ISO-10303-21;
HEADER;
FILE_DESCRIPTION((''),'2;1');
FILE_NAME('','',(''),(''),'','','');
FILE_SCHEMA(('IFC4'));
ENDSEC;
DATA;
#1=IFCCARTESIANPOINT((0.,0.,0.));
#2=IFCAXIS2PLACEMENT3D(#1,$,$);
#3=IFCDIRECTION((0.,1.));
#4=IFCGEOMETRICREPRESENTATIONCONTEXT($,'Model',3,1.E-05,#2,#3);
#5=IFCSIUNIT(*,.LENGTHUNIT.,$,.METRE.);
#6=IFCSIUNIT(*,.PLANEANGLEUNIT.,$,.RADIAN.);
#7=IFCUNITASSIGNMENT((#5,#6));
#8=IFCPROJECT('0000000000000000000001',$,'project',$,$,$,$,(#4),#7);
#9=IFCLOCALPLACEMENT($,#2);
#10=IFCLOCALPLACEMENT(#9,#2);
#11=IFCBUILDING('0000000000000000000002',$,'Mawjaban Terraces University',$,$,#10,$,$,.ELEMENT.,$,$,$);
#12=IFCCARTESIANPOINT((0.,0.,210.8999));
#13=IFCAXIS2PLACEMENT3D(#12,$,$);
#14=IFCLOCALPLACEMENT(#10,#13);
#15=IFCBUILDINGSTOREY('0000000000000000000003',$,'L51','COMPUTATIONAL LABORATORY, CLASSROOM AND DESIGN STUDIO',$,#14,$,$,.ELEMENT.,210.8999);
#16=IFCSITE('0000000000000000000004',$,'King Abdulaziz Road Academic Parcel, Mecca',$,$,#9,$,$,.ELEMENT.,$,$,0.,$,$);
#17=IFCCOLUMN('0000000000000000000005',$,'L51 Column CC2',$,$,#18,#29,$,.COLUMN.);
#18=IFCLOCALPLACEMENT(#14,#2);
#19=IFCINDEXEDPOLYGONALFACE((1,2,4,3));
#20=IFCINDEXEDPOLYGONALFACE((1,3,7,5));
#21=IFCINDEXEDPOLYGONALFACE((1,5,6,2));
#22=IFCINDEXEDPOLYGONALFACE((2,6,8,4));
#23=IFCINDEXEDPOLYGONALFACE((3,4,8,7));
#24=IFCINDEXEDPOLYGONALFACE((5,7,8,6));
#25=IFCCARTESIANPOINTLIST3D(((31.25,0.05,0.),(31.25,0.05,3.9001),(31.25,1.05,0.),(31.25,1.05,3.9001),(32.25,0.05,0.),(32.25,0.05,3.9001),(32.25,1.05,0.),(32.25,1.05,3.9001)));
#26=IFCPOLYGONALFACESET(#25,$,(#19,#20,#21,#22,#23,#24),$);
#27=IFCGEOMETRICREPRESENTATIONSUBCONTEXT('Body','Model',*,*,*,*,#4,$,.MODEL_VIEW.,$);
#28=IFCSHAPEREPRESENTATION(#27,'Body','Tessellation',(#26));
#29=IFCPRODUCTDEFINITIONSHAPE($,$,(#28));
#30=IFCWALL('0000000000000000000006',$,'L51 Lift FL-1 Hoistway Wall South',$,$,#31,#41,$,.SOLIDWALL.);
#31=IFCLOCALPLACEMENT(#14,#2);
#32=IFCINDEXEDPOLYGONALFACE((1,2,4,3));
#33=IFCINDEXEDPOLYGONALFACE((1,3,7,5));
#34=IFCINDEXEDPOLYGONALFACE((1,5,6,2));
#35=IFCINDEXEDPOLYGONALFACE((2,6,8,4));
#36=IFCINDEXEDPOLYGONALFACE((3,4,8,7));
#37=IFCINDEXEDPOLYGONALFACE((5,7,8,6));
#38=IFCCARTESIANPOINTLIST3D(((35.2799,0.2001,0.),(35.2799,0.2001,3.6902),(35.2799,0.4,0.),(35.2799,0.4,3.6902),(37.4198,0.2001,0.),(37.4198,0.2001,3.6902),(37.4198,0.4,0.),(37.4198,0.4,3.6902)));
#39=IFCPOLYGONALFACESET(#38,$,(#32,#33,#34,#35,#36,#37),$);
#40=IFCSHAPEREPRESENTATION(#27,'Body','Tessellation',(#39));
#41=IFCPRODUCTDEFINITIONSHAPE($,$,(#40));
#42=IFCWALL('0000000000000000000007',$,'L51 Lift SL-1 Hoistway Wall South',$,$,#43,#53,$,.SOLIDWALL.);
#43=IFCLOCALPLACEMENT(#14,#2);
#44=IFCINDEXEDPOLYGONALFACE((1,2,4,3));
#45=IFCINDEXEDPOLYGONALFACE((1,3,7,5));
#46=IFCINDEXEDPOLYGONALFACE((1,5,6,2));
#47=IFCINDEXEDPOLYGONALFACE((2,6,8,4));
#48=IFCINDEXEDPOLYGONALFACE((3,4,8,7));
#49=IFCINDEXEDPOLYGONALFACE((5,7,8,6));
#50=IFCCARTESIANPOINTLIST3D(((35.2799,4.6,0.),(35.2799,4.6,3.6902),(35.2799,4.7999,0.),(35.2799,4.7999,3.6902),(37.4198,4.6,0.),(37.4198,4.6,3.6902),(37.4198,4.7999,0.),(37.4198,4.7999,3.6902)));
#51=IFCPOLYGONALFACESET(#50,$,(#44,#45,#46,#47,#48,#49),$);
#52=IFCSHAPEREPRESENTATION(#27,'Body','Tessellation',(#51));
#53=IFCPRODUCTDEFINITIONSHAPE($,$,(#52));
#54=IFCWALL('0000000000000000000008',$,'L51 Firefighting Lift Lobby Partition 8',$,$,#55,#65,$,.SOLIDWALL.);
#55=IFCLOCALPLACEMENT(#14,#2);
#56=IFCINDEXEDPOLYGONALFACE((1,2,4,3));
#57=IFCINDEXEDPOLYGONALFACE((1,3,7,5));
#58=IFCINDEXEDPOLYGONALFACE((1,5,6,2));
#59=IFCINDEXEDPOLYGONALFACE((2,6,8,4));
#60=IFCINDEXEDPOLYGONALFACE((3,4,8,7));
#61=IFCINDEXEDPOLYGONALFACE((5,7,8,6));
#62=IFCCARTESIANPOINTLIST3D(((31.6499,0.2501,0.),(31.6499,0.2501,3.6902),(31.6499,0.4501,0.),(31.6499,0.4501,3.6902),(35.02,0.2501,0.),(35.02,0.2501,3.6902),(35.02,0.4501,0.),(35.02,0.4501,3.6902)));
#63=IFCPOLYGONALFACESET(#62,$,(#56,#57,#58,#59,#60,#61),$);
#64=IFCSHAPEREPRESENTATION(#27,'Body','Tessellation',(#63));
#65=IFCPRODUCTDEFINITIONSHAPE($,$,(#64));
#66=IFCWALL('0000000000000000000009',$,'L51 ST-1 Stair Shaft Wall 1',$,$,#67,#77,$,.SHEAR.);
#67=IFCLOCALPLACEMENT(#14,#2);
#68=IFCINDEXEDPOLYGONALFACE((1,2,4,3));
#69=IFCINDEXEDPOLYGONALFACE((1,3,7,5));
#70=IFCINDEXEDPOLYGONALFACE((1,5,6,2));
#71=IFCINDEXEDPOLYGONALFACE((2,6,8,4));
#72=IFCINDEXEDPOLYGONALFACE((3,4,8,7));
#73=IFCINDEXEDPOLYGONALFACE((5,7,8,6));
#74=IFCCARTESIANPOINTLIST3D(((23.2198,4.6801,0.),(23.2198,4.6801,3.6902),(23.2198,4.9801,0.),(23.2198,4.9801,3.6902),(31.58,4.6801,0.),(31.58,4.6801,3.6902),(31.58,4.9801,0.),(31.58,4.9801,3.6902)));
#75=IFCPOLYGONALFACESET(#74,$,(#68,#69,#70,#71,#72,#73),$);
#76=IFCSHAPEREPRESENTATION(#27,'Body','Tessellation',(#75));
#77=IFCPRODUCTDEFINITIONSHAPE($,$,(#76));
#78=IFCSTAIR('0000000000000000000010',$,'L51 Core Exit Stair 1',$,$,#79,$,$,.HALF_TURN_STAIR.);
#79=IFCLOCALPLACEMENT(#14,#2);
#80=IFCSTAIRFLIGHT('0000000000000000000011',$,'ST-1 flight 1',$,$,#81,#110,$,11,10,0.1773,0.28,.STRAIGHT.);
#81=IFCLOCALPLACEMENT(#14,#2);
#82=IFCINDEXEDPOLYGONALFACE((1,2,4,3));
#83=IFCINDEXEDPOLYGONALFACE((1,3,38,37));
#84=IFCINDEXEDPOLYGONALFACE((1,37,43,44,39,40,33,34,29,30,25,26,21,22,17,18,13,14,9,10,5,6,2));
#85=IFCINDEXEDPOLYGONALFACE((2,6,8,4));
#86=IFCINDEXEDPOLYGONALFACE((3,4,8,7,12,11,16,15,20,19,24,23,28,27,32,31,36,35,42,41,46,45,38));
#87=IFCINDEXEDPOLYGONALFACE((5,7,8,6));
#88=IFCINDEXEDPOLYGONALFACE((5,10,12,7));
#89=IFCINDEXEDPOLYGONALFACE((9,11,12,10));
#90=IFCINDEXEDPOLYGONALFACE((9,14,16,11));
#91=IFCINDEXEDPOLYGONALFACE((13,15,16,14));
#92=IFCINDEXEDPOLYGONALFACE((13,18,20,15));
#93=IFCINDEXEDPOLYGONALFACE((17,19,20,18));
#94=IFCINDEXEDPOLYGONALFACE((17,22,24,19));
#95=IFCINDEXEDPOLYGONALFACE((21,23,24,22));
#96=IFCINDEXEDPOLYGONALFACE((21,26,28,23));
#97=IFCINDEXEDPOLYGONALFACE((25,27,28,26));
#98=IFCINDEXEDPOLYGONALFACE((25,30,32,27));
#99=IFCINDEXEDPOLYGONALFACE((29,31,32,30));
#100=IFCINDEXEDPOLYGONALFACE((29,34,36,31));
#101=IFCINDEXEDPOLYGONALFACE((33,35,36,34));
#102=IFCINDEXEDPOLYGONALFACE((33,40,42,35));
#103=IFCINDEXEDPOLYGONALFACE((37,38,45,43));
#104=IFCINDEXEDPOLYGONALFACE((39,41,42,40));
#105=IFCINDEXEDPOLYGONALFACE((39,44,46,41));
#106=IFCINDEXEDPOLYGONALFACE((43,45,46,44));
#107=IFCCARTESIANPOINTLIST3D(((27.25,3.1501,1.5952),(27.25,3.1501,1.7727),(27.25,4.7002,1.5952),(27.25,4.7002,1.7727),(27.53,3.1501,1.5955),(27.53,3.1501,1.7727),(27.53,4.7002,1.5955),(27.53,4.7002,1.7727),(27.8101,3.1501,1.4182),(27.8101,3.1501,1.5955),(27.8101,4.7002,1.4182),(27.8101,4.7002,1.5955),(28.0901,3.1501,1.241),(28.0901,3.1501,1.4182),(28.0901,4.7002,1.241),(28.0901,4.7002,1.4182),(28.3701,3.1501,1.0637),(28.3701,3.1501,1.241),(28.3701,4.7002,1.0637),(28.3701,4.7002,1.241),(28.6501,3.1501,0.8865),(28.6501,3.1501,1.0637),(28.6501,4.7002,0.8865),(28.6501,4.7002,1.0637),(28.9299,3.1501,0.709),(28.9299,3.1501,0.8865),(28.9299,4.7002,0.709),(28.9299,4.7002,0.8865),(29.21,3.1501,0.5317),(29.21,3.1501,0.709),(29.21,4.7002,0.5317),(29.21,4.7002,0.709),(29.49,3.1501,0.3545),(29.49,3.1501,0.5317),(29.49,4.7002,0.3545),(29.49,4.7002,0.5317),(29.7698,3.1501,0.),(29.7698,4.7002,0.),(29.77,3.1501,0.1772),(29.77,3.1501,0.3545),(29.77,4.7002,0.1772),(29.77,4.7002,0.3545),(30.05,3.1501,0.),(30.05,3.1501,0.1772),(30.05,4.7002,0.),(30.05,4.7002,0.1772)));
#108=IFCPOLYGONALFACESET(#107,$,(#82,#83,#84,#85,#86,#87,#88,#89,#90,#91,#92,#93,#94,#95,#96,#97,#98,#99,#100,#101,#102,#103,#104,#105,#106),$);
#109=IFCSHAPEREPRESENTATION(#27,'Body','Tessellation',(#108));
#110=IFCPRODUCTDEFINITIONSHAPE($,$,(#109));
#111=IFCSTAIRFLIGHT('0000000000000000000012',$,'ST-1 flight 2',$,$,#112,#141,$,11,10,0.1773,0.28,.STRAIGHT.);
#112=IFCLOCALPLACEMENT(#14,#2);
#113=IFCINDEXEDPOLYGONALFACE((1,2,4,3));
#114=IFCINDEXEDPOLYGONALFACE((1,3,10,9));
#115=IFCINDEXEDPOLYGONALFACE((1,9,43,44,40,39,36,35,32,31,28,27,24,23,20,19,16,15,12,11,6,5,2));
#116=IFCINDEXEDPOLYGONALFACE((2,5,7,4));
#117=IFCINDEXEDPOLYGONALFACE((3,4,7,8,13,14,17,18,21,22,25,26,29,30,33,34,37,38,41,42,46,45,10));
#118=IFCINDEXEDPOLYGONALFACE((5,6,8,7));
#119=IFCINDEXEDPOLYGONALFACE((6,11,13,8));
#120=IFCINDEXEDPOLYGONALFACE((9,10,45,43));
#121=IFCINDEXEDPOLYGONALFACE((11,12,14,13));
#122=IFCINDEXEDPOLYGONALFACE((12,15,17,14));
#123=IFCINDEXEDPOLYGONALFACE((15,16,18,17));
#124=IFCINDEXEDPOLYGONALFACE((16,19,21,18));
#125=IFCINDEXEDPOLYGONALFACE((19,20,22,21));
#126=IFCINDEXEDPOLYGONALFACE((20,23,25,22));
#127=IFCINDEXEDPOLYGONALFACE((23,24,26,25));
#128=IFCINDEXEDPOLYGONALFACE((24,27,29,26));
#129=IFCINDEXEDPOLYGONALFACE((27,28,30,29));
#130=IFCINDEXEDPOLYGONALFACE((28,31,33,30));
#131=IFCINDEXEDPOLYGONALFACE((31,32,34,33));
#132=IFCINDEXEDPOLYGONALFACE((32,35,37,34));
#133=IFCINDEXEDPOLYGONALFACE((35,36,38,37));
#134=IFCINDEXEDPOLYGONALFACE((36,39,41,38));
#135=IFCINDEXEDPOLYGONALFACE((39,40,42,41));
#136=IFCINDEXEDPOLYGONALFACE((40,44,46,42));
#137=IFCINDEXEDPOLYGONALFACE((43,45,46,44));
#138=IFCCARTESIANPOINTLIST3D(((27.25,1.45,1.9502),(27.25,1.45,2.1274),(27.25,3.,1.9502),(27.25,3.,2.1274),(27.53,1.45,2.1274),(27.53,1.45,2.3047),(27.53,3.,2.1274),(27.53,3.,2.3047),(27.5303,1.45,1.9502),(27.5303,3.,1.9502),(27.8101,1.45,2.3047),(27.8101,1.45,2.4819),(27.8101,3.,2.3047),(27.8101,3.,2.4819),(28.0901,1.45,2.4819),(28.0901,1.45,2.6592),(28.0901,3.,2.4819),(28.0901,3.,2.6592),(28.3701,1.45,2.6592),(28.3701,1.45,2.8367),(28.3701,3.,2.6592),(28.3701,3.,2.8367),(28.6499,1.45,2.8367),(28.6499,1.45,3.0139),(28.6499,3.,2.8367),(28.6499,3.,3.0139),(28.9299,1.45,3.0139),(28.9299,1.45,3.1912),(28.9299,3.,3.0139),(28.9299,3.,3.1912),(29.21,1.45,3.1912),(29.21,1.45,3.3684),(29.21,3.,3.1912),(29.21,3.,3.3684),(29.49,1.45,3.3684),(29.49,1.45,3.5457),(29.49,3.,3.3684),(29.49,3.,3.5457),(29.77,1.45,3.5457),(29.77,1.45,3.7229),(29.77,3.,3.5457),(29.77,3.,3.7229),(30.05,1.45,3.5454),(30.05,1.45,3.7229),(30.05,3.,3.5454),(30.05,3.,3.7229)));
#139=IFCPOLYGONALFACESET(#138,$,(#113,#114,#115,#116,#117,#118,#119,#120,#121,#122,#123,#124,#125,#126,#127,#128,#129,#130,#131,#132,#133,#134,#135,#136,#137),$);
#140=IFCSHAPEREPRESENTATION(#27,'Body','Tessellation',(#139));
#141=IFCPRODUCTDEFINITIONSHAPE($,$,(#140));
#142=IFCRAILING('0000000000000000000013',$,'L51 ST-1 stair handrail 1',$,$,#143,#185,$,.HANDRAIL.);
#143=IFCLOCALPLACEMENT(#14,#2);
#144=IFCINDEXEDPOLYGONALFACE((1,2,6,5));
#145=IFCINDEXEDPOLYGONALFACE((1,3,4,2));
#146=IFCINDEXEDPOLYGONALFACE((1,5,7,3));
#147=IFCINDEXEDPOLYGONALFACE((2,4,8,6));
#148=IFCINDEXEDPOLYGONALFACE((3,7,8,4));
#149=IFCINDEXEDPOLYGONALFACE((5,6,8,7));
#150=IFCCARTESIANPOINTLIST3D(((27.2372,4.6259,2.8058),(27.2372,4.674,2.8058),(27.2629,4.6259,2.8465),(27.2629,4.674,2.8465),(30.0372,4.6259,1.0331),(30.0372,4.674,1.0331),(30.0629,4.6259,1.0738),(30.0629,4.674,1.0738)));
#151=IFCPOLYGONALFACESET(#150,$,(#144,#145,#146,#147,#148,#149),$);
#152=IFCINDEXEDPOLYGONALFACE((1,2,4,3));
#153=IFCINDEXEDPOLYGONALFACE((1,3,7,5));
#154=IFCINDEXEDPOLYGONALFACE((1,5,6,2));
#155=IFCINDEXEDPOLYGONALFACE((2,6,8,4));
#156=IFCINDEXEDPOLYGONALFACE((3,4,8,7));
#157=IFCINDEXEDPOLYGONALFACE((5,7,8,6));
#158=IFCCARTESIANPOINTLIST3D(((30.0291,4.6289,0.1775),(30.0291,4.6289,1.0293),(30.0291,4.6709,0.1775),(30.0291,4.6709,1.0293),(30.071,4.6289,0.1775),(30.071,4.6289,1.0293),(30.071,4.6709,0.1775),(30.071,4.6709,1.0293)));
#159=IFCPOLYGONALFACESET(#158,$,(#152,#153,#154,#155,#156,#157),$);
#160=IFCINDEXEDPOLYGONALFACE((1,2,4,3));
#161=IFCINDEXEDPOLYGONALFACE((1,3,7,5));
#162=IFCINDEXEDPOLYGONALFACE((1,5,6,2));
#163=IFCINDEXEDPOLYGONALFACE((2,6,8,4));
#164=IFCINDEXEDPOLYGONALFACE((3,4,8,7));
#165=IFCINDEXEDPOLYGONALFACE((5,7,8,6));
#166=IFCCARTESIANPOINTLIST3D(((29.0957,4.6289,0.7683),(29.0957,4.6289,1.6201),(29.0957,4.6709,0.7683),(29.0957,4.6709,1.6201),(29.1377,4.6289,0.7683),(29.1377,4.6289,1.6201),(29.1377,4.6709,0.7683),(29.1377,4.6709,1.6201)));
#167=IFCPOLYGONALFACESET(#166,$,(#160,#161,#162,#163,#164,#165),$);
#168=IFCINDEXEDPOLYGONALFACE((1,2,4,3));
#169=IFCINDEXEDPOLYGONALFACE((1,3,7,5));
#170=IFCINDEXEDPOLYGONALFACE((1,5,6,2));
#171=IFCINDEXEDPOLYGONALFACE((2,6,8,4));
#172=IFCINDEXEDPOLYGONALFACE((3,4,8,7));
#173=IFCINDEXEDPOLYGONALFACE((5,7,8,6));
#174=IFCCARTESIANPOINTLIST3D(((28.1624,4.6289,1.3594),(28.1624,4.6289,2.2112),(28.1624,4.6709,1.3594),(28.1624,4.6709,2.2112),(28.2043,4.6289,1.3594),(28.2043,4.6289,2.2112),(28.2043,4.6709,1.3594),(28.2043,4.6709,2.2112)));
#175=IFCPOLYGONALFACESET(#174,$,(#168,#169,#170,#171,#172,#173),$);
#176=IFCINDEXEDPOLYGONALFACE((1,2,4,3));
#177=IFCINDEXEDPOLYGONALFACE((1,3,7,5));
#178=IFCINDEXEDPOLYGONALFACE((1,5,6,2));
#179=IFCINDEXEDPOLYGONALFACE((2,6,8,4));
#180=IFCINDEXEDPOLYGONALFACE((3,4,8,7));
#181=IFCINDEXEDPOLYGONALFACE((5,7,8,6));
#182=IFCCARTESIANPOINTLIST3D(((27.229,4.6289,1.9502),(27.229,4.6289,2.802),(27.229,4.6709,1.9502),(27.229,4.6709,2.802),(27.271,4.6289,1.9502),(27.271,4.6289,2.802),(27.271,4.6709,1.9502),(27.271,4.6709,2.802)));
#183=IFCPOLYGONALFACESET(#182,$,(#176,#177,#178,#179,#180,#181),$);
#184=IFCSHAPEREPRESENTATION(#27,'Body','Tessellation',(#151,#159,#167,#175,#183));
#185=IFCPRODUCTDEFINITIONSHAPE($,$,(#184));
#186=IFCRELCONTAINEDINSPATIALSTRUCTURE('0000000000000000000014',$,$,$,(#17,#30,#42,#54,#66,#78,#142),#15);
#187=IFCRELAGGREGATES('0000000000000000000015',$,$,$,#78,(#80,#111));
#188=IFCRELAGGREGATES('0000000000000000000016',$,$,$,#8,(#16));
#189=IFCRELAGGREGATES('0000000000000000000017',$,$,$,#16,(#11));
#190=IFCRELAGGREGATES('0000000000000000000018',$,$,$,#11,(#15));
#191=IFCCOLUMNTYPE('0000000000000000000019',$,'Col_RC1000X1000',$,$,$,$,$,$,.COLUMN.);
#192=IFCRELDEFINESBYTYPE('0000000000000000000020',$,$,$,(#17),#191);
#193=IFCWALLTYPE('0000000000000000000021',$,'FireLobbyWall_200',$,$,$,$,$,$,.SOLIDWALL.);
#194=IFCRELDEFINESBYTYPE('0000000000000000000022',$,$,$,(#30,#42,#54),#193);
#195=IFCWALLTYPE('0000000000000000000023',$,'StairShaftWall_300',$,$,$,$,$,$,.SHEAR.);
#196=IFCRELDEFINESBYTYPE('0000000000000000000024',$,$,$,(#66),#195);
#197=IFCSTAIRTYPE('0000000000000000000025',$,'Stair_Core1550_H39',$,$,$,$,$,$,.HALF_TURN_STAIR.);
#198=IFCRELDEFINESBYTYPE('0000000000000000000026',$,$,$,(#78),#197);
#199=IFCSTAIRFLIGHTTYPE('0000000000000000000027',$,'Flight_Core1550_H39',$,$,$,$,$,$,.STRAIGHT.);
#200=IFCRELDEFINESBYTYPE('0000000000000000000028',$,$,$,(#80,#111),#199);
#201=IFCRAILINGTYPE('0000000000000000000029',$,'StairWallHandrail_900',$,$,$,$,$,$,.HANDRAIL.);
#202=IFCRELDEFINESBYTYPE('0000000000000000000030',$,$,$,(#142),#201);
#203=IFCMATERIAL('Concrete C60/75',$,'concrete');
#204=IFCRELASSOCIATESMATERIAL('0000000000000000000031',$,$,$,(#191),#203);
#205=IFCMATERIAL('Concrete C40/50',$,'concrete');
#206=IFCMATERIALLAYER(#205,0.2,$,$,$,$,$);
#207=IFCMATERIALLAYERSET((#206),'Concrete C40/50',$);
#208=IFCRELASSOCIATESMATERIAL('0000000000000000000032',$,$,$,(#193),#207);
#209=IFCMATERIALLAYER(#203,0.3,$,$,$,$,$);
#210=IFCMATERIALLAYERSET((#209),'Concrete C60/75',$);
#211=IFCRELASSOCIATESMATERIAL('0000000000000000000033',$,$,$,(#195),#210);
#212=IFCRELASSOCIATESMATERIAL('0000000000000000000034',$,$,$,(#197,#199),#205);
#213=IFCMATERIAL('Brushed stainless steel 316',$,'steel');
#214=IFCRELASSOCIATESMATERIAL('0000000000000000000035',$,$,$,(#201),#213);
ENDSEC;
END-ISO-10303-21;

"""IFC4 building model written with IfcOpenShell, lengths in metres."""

from ifc_helpers import new_model, si_unit, direction, frame, frame_2d, origin, origin_2d, place, context, subcontext, project, spatial, polyline, rectangle, outline, extrude, material, layer, layer_set, material_profile, profile_set, type_object, element, aggregate, save


model = new_model("IFC4")

# Units and contexts
model_context = context("Model", 3, precision=1e-05, world=origin(), true_north=direction((0.0, 1.0)))
body_context = subcontext(model_context, "Body", "Model", "MODEL_VIEW")
ifc_project = project(units=[si_unit("LENGTHUNIT", "METRE"), si_unit("PLANEANGLEUNIT", "RADIAN")], contexts=[model_context])

# Site, building, storey
site_placement = place(None, origin())
site = spatial("IfcSite", under=ifc_project, at=site_placement, Name="King Abdulaziz Road Academic Parcel, Mecca", CompositionType="ELEMENT", RefElevation=0.0)
building_placement = place(site_placement, origin())
building = spatial("IfcBuilding", under=site, at=building_placement, Name="Mawjaban Terraces University", CompositionType="ELEMENT")
storey_placement = place(building_placement, frame((0.0, 0.0, 210.8999)))
storey = spatial("IfcBuildingStorey", under=building, at=storey_placement, Name="L51", Description="COMPUTATIONAL LABORATORY, CLASSROOM AND DESIGN STUDIO", CompositionType="ELEMENT", Elevation=210.8999)

# Column
ifc_material_1 = material(Name="Concrete C60/75", Category="concrete")
ifc_material_profile = material_profile(ifc_material_1, rectangle(XDim=1.0, YDim=1.0, at=origin_2d()), Name="RC1000X1000")
ifc_profile_set = profile_set([ifc_material_profile], Name="Concrete C60/75")
column_type = type_object("IfcColumnType", Name="Col_RC1000X1000", PredefinedType="COLUMN", material=ifc_profile_set)
column_placement = place(storey_placement, frame((31.75, 0.55, 0.0), z_axis=(0.0, 0.0, 1.0), x_axis=(1.0, 0.0, 0.0)))
element("IfcColumn", 1, at=column_placement, inside=storey, type_object=column_type, Name="L51 Column CC2", PredefinedType="COLUMN", context=body_context, shape_type="SweptSolid", body=[
    extrude(rectangle(XDim=1.0, YDim=1.0, at=origin_2d()), origin(), (0.0, 0.0, 1.0), 3.9001),
])

# Shared definitions
ifc_material_2 = material(Name="Concrete C40/50", Category="concrete")
ifc_layer_1 = layer(ifc_material_2, 0.2)
ifc_layer_set_1 = layer_set([ifc_layer_1], Name="Concrete C40/50")
wall_type_1 = type_object("IfcWallType", Name="FireLobbyWall_200", PredefinedType="SOLIDWALL", material=ifc_layer_set_1)

# Wall
wall_1_placement = place(storey_placement, frame((35.28, 0.3, 0.0), z_axis=(0.0, 0.0, 1.0), x_axis=(1.0, 0.0, 0.0)))
element("IfcWall", 2, at=wall_1_placement, inside=storey, type_object=wall_type_1, Name="L51 Lift FL-1 Hoistway Wall South", PredefinedType="SOLIDWALL", context=body_context, shape_type="SweptSolid", body=[
    extrude(rectangle(XDim=2.1399, YDim=0.2, at=frame_2d((1.0698, 0.0))), origin(), (0.0, 0.0, 1.0), 3.6902),
])

# Walls
wall_2_placement = place(storey_placement, frame((35.28, 4.7, 0.0), z_axis=(0.0, 0.0, 1.0), x_axis=(1.0, 0.0, 0.0)))
element("IfcWall", 3, at=wall_2_placement, inside=storey, type_object=wall_type_1, Name="L51 Lift SL-1 Hoistway Wall South", PredefinedType="SOLIDWALL", context=body_context, shape_type="SweptSolid", body=[
    extrude(rectangle(XDim=2.1399, YDim=0.2, at=frame_2d((1.0698, 0.0))), origin(), (0.0, 0.0, 1.0), 3.6902),
])
wall_3_placement = place(storey_placement, frame((31.6499, 0.3501, 0.0), z_axis=(0.0, 0.0, 1.0), x_axis=(1.0, 0.0, 0.0)))
element("IfcWall", 4, at=wall_3_placement, inside=storey, type_object=wall_type_1, Name="L51 Firefighting Lift Lobby Partition 8", PredefinedType="SOLIDWALL", context=body_context, shape_type="SweptSolid", body=[
    extrude(rectangle(XDim=3.3701, YDim=0.2, at=frame_2d((1.6851, 0.0))), origin(), (0.0, 0.0, 1.0), 3.6902),
])

# Wall
ifc_layer_2 = layer(ifc_material_1, 0.3)
ifc_layer_set_2 = layer_set([ifc_layer_2], Name="Concrete C60/75")
wall_type_2 = type_object("IfcWallType", Name="StairShaftWall_300", PredefinedType="SHEAR", material=ifc_layer_set_2)
wall_4_placement = place(storey_placement, frame((31.5801, 4.8301, 0.0), z_axis=(0.0, 0.0, 1.0), x_axis=(-1.0, 0.0, 0.0)))
element("IfcWall", 5, at=wall_4_placement, inside=storey, type_object=wall_type_2, Name="L51 ST-1 Stair Shaft Wall 1", PredefinedType="SHEAR", context=body_context, shape_type="SweptSolid", body=[
    extrude(rectangle(XDim=8.3601, YDim=0.3, at=frame_2d((4.1802, 0.0))), origin(), (0.0, 0.0, 1.0), 3.6902),
])

# Stair, stair flights
stair_type = type_object("IfcStairType", Name="Stair_Core1550_H39", PredefinedType="HALF_TURN_STAIR", material=ifc_material_2)
stair_placement = place(storey_placement, origin())
stair = element("IfcStair", 6, at=stair_placement, inside=storey, type_object=stair_type, Name="L51 Core Exit Stair 1", PredefinedType="HALF_TURN_STAIR")
stair_flight_type = type_object("IfcStairFlightType", Name="Flight_Core1550_H39", PredefinedType="STRAIGHT", material=ifc_material_2)
stair_flight_1_placement = place(storey_placement, frame((30.05, 3.925, 0.0), z_axis=(0.0, 0.0, 1.0), x_axis=(-1.0, 0.0, 0.0)))
stair_flight_1 = element("IfcStairFlight", 7, at=stair_flight_1_placement, type_object=stair_flight_type, Name="ST-1 flight 1", NumberOfRisers=11, NumberOfTreads=10, PredefinedType="STRAIGHT", RiserHeight=0.1773, TreadLength=0.28, context=body_context, shape_type="SweptSolid", body=[
    extrude(outline(polyline([(0.0, 0.0), (0.0, 0.1772), (0.28, 0.1772), (0.28, 0.3545), (0.5601, 0.3545), (0.5601, 0.5317), (0.8401, 0.5317), (0.8401, 0.709), (1.1201, 0.709), (1.1201, 0.8865), (1.3999, 0.8865), (1.3999, 1.0637), (1.6799, 1.0637), (1.6799, 1.241), (1.96, 1.241), (1.96, 1.4182), (2.24, 1.4182), (2.24, 1.5955), (2.52, 1.5955), (2.52, 1.7727), (2.8, 1.7727), (2.8, 1.95), (2.8, 1.5952), (0.2803, 0.0), (0.0, 0.0)])), frame((0.0, 0.7749, 0.0), z_axis=(0.0, -1.0, 0.0), x_axis=(1.0, 0.0, 0.0)), (0.0, 0.0, 1.0), 1.55),
])
stair_flight_2_placement = place(storey_placement, frame((27.25, 2.2251, 1.9502), z_axis=(0.0, 0.0, 1.0), x_axis=(1.0, 0.0, 0.0)))
stair_flight_2 = element("IfcStairFlight", 8, at=stair_flight_2_placement, type_object=stair_flight_type, Name="ST-1 flight 2", NumberOfRisers=11, NumberOfTreads=10, PredefinedType="STRAIGHT", RiserHeight=0.1773, TreadLength=0.28, context=body_context, shape_type="SweptSolid", body=[
    extrude(outline(polyline([(0.0, 0.0), (0.0, 0.1772), (0.28, 0.1772), (0.28, 0.3545), (0.5601, 0.3545), (0.5601, 0.5317), (0.8401, 0.5317), (0.8401, 0.709), (1.1201, 0.709), (1.1201, 0.8865), (1.3999, 0.8865), (1.3999, 1.0637), (1.6799, 1.0637), (1.6799, 1.241), (1.96, 1.241), (1.96, 1.4182), (2.24, 1.4182), (2.24, 1.5955), (2.52, 1.5955), (2.52, 1.7727), (2.8, 1.7727), (2.8, 1.95), (2.8, 1.5952), (0.2803, 0.0), (0.0, 0.0)])), frame((0.0, 0.7749, 0.0), z_axis=(0.0, -1.0, 0.0), x_axis=(1.0, 0.0, 0.0)), (0.0, 0.0, 1.0), 1.55),
])
aggregate(stair, [stair_flight_1, stair_flight_2])

# Railing
ifc_material_3 = material(Name="Brushed stainless steel 316", Category="steel")
railing_type_1 = type_object("IfcRailingType", Name="StairWallHandrail_900", PredefinedType="HANDRAIL", material=ifc_material_3)
railing_1_placement = place(storey_placement, frame((30.05, 4.6499, 0.1775)))
element("IfcRailing", 9, at=railing_1_placement, inside=storey, type_object=railing_type_1, Name="L51 ST-1 stair handrail 1", PredefinedType="HANDRAIL", context=body_context, shape_type="SweptSolid", body=[
    extrude(rectangle(XDim=0.0481, YDim=0.0481, at=origin_2d()), frame((0.0, 0.0, 0.876), z_axis=(-0.844909, 0.0, 0.53491), x_axis=(0.0, -1.0, 0.0)), (0.0, 0.0, 1.0), 3.314),
    extrude(rectangle(XDim=0.042, YDim=0.042, at=origin_2d()), origin(), (0.0, 0.0, 1.0), 0.8518),
    extrude(rectangle(XDim=0.042, YDim=0.042, at=origin_2d()), frame((-0.9333, 0.0, 0.5908)), (0.0, 0.0, 1.0), 0.8518),
    extrude(rectangle(XDim=0.042, YDim=0.042, at=origin_2d()), frame((-1.8667, 0.0, 1.1819)), (0.0, 0.0, 1.0), 0.8518),
    extrude(rectangle(XDim=0.042, YDim=0.042, at=origin_2d()), frame((-2.8, 0.0, 1.7727)), (0.0, 0.0, 1.0), 0.8518),
])

save(model, "model.ifc")
